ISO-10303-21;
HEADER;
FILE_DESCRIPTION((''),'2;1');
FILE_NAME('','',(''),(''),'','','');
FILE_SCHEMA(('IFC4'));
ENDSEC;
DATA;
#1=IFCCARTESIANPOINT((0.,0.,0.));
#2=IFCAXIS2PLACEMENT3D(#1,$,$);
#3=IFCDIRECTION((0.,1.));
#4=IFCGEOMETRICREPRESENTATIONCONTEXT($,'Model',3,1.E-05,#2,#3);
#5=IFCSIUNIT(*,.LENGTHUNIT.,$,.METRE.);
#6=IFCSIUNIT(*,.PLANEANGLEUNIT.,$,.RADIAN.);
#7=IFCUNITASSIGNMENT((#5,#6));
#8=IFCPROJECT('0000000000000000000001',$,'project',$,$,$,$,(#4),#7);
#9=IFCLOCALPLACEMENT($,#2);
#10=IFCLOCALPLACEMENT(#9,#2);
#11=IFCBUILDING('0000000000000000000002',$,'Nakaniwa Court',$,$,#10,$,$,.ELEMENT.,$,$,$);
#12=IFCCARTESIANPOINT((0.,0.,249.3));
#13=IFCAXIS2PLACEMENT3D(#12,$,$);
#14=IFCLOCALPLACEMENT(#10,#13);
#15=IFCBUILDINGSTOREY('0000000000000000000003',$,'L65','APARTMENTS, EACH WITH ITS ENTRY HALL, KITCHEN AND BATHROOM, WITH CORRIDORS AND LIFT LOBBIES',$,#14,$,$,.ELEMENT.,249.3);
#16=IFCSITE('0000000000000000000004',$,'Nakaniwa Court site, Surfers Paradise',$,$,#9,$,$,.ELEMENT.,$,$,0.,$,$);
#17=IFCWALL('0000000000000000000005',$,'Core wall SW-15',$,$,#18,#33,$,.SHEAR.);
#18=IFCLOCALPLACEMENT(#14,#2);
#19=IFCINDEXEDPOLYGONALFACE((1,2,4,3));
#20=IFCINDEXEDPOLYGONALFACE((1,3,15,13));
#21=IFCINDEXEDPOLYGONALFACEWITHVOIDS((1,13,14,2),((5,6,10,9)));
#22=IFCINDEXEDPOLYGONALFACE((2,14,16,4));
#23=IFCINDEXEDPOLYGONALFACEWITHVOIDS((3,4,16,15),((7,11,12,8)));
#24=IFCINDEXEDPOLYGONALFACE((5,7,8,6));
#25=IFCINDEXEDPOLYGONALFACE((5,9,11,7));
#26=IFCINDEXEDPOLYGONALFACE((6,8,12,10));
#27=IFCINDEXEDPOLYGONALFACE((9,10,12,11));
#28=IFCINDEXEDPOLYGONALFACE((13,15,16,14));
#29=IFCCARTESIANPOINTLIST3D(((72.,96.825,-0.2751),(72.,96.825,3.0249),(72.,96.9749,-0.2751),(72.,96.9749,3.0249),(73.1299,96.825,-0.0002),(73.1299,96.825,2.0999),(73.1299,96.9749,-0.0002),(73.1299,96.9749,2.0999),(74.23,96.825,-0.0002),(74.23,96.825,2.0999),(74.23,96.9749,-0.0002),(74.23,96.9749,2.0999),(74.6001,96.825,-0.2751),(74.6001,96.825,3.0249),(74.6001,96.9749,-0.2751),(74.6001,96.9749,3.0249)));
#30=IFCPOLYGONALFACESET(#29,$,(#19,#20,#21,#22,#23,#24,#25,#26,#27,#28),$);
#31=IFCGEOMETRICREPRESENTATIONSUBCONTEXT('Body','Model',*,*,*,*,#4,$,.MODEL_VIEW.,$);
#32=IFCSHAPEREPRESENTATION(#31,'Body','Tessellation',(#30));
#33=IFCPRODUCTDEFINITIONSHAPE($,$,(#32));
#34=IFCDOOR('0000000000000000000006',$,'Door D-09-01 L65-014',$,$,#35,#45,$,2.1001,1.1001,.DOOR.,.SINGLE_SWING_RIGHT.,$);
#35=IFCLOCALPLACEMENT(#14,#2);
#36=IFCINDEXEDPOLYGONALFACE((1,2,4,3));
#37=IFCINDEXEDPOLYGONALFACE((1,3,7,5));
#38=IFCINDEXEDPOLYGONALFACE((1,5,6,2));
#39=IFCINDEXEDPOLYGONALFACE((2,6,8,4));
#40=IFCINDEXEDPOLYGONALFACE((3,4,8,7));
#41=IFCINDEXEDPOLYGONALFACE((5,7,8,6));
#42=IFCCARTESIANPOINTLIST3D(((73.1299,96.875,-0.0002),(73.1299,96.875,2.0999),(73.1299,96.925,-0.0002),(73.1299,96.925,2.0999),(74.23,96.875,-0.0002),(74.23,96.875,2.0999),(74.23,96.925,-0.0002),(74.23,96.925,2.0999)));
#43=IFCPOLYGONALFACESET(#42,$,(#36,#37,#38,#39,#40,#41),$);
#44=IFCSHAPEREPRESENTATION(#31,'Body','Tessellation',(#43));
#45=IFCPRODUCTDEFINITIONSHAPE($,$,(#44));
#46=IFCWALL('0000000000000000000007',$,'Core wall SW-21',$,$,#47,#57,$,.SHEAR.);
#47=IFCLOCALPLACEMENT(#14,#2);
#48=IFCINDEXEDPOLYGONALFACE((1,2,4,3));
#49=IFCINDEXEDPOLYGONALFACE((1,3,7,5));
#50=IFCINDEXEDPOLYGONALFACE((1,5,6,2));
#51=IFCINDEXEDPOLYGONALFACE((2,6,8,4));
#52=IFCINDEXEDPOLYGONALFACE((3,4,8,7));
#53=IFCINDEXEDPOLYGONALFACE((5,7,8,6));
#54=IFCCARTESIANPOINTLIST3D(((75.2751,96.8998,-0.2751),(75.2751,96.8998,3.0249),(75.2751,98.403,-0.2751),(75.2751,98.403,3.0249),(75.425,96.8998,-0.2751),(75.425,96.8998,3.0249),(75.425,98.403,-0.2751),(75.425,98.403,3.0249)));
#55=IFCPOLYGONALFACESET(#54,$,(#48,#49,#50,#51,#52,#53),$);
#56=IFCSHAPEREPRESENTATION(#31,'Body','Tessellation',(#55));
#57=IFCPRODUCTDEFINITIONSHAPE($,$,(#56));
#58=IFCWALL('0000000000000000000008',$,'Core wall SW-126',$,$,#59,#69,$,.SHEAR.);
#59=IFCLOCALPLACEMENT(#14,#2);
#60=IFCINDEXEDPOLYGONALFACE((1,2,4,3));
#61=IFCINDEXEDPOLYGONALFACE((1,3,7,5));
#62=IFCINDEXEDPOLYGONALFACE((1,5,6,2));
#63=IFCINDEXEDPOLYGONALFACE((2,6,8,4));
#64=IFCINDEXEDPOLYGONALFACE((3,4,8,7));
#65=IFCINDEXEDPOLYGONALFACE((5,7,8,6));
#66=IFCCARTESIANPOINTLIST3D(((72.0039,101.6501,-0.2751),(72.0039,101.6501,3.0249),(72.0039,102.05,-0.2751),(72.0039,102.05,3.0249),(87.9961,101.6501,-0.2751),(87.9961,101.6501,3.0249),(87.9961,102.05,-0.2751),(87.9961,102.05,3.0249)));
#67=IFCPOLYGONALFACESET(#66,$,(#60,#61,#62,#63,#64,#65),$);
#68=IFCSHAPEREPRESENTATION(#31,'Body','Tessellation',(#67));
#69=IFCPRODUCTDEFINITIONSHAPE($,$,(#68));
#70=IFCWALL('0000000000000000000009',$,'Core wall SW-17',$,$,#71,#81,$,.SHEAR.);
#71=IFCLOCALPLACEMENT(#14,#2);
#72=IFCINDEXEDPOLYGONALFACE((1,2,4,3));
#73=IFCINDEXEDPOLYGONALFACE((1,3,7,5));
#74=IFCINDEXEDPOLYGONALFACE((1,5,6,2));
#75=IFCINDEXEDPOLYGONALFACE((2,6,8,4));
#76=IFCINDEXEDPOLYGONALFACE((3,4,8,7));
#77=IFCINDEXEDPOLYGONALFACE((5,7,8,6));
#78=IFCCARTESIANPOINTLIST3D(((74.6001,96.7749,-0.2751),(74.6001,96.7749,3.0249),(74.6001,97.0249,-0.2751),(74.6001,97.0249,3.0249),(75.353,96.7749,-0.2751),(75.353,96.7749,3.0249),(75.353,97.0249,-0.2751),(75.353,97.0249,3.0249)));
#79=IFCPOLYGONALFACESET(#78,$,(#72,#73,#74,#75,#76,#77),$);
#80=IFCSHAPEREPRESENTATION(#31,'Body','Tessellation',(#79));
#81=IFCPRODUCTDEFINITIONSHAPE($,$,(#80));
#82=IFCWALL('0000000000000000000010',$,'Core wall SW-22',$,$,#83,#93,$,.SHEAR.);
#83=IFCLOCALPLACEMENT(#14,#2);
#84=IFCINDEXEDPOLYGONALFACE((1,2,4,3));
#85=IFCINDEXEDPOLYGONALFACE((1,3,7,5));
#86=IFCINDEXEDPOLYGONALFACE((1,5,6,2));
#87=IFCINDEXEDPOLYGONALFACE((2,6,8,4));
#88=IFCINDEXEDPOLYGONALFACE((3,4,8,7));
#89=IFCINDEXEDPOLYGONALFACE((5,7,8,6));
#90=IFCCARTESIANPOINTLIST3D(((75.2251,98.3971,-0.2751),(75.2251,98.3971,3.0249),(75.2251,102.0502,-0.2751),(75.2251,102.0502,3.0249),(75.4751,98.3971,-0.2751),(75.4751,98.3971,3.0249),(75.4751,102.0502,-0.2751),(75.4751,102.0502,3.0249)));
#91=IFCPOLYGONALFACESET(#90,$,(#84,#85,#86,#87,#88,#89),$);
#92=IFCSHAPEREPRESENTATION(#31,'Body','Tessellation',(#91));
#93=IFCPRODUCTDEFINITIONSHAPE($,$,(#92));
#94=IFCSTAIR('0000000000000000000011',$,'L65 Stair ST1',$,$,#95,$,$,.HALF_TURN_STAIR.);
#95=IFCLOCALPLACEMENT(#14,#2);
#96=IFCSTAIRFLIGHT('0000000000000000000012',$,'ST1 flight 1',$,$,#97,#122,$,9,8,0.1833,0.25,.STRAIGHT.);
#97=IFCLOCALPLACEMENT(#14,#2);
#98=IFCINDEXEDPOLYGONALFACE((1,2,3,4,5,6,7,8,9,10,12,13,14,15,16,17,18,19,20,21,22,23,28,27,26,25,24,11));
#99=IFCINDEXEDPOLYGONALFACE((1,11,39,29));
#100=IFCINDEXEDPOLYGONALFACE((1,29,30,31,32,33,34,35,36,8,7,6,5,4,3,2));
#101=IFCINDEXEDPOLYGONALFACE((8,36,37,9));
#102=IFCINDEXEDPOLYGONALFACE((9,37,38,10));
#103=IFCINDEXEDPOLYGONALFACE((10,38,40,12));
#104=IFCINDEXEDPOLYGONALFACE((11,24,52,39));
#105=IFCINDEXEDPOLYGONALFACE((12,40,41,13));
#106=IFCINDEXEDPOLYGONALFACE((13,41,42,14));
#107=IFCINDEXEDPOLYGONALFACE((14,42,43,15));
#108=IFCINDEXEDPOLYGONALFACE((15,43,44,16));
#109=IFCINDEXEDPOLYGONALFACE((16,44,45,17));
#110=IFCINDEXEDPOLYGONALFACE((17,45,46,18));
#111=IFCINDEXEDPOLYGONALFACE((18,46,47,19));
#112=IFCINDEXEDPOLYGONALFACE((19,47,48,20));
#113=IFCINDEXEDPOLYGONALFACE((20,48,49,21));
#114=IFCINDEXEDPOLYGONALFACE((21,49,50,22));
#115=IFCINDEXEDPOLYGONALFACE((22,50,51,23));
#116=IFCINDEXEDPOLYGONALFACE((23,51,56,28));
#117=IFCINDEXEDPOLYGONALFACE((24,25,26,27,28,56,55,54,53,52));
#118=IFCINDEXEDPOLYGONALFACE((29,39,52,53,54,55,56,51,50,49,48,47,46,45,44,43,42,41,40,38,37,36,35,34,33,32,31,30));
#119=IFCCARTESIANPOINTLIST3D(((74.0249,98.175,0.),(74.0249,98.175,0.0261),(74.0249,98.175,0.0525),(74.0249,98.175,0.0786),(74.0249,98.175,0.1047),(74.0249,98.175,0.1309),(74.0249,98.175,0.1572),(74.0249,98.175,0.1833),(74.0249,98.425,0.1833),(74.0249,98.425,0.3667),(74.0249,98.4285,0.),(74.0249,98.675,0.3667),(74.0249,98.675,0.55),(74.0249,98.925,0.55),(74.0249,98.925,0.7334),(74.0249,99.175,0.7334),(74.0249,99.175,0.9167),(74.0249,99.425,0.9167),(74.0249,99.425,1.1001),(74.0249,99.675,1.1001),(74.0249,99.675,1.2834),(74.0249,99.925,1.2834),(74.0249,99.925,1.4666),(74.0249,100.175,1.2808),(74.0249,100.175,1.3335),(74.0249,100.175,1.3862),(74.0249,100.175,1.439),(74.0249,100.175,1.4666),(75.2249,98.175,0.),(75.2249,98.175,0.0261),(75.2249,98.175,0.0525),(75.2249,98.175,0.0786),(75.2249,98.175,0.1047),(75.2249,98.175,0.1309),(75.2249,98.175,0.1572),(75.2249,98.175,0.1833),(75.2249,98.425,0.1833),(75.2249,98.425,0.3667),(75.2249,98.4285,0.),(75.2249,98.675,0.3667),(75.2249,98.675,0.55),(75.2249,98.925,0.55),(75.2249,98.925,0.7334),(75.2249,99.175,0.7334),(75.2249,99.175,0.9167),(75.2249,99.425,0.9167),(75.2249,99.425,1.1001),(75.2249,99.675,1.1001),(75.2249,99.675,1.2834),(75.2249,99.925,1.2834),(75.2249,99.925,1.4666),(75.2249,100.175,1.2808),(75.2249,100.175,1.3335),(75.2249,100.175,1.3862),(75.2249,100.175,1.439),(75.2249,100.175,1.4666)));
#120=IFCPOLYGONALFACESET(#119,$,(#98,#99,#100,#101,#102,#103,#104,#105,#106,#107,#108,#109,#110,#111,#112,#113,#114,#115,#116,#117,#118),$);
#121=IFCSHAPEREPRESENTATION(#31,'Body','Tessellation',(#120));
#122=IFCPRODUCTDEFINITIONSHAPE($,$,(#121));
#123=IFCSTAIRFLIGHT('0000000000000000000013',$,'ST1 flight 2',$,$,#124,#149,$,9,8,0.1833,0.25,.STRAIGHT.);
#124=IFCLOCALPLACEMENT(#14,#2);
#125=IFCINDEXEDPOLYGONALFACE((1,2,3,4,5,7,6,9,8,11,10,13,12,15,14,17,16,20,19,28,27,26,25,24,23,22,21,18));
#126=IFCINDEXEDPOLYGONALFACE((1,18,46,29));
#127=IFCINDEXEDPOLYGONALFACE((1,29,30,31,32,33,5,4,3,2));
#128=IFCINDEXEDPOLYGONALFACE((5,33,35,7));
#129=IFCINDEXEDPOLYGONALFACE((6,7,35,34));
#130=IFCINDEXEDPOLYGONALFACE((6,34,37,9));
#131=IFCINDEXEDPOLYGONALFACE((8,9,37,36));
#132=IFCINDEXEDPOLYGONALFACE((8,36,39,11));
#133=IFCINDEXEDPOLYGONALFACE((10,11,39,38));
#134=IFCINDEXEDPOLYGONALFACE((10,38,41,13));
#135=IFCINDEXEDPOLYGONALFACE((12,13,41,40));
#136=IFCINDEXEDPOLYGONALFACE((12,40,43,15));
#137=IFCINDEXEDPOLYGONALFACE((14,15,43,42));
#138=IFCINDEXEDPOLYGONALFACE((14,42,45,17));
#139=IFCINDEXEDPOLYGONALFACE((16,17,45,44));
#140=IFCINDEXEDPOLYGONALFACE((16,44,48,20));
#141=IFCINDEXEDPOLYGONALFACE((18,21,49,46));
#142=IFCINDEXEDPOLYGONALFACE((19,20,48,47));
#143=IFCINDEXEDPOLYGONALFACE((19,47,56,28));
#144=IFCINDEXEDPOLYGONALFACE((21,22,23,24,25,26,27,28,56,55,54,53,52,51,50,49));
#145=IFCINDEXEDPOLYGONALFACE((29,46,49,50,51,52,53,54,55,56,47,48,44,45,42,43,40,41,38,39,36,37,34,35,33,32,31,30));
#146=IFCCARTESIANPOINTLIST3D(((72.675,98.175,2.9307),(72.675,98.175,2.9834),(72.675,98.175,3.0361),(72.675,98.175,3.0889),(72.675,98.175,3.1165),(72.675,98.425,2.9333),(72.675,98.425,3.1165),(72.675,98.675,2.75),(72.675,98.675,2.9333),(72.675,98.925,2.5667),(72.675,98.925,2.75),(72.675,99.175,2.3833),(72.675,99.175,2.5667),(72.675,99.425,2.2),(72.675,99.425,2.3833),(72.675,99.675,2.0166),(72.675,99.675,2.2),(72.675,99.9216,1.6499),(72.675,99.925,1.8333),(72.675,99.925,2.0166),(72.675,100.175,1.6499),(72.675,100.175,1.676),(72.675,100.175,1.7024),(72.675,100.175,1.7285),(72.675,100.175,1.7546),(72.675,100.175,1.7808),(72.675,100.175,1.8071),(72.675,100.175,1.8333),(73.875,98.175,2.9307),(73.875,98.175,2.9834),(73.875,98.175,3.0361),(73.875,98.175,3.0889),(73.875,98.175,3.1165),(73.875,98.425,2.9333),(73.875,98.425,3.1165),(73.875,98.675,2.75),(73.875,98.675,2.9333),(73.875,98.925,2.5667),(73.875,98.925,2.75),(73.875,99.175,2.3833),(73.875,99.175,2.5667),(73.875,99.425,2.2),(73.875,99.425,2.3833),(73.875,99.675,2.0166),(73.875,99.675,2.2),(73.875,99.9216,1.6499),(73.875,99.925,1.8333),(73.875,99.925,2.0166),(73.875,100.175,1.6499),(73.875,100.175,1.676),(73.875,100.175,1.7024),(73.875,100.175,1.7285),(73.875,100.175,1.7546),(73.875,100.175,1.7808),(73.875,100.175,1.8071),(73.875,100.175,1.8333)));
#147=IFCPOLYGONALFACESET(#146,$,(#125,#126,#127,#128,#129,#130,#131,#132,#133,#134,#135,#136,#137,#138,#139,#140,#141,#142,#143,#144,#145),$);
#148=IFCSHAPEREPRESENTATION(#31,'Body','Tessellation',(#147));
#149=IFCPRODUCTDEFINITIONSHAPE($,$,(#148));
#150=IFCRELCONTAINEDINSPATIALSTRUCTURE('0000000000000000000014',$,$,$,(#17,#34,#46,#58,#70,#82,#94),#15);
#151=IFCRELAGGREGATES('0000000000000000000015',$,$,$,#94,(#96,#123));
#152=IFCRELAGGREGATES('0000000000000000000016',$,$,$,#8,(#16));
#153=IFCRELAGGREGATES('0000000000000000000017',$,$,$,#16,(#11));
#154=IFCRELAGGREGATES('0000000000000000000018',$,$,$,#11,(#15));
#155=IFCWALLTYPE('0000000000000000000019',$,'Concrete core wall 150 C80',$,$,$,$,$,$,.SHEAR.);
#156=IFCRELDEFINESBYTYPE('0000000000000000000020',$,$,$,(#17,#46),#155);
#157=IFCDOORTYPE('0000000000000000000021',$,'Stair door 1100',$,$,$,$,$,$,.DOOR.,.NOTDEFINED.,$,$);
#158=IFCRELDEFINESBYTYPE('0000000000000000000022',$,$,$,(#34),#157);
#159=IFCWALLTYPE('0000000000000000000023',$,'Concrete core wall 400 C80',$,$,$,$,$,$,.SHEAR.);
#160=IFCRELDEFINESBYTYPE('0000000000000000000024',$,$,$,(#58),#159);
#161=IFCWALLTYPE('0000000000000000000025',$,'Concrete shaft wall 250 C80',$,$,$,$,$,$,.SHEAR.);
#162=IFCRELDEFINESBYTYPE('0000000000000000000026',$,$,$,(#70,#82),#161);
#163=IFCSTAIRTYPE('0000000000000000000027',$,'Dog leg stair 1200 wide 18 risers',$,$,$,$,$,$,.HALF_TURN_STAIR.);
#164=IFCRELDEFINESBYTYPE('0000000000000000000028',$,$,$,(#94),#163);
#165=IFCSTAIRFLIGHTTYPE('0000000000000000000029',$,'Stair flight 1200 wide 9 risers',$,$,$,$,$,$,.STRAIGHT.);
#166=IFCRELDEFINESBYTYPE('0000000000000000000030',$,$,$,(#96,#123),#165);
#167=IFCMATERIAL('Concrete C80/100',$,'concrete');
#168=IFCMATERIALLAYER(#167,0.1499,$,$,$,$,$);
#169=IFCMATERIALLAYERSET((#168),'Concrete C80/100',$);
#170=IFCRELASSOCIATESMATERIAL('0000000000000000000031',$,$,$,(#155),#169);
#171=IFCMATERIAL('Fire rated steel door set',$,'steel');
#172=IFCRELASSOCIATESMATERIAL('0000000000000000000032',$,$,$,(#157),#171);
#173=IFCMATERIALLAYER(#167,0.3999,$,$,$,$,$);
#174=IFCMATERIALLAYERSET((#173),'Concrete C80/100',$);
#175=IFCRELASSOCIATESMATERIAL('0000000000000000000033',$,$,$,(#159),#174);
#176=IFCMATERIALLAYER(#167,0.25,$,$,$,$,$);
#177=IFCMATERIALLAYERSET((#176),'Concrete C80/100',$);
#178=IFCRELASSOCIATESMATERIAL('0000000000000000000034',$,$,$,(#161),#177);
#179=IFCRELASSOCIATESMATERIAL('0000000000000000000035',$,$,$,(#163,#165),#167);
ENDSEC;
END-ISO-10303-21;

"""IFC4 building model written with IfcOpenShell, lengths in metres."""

from ifc_helpers import new_model, si_unit, direction, frame, frame_2d, origin, place, context, subcontext, project, spatial, polyline, rectangle, outline, extrude, material, layer, layer_set, type_object, element, fill, aggregate, save


model = new_model("IFC4")

# Units and contexts
model_context = context("Model", 3, precision=1e-05, world=origin(), true_north=direction((0.0, 1.0)))
body_context = subcontext(model_context, "Body", "Model", "MODEL_VIEW")
ifc_project = project(units=[si_unit("LENGTHUNIT", "METRE"), si_unit("PLANEANGLEUNIT", "RADIAN")], contexts=[model_context])

# Site, building, storey
site_placement = place(None, origin())
site = spatial("IfcSite", under=ifc_project, at=site_placement, Name="Nakaniwa Court site, Surfers Paradise", CompositionType="ELEMENT", RefElevation=0.0)
building_placement = place(site_placement, origin())
building = spatial("IfcBuilding", under=site, at=building_placement, Name="Nakaniwa Court", CompositionType="ELEMENT")
storey_placement = place(building_placement, frame((0.0, 0.0, 249.3)))
storey = spatial("IfcBuildingStorey", under=building, at=storey_placement, Name="L65", Description="APARTMENTS, EACH WITH ITS ENTRY HALL, KITCHEN AND BATHROOM, WITH CORRIDORS AND LIFT LOBBIES", CompositionType="ELEMENT", Elevation=249.3)

# Shared definitions
ifc_material_1 = material(Name="Concrete C80/100", Category="concrete")

# Shared definitions
ifc_material_2 = material(Name="Fire rated steel door set", Category="steel")

# Wall, opening, door
ifc_layer_1 = layer(ifc_material_1, 0.1499)
ifc_layer_set_1 = layer_set([ifc_layer_1], Name="Concrete C80/100")
wall_type_1 = type_object("IfcWallType", Name="Concrete core wall 150 C80", PredefinedType="SHEAR", material=ifc_layer_set_1)
wall_1_placement = place(storey_placement, frame((74.6001, 96.8999, -0.2751), z_axis=(0.0, 0.0, 1.0), x_axis=(-1.0, 0.0, 0.0)))
wall_1 = element("IfcWall", 1, at=wall_1_placement, inside=storey, type_object=wall_type_1, Name="Core wall SW-15", PredefinedType="SHEAR", context=body_context, shape_type="SweptSolid", body=[
    extrude(rectangle(XDim=2.6001, YDim=0.1499, at=frame_2d((1.3, 0.0))), origin(), (0.0, 0.0, 1.0), 3.3),
])
opening_1_placement = place(wall_1_placement, frame((0.3701, 0.0, 0.2749)))
opening_1 = element("IfcOpeningElement", 2, at=opening_1_placement, cuts=wall_1, PredefinedType="OPENING", context=body_context, shape_type="SweptSolid", body=[
    extrude(rectangle(XDim=1.1001, YDim=2.1001, at=frame_2d((0.55, 1.05))), frame((0.0, 0.085, 0.0), z_axis=(0.0, -1.0, 0.0), x_axis=(1.0, 0.0, 0.0)), (0.0, 0.0, 1.0), 0.1699),
])
door_type_1 = type_object("IfcDoorType", Name="Stair door 1100", OperationType="NOTDEFINED", PredefinedType="DOOR", material=ifc_material_2)
door_1_placement = place(opening_1_placement, origin())
door_1 = element("IfcDoor", 3, at=door_1_placement, inside=storey, type_object=door_type_1, Name="Door D-09-01 L65-014", OperationType="SINGLE_SWING_RIGHT", OverallHeight=2.1001, OverallWidth=1.1001, PredefinedType="DOOR", context=body_context, shape_type="SweptSolid", body=[
    extrude(rectangle(XDim=1.1001, YDim=2.1001, at=frame_2d((0.55, 1.05))), frame((0.0, 0.0249, 0.0), z_axis=(0.0, -1.0, 0.0), x_axis=(1.0, 0.0, 0.0)), (0.0, 0.0, 1.0), 0.05),
])
fill(opening_1, door_1)

# Walls
wall_2_placement = place(storey_placement, frame((75.3501, 96.8999, -0.2751), z_axis=(0.0, 0.0, 1.0), x_axis=(0.0, 1.0, 0.0)))
element("IfcWall", 4, at=wall_2_placement, inside=storey, type_object=wall_type_1, Name="Core wall SW-21", PredefinedType="SHEAR", context=body_context, shape_type="SweptSolid", body=[
    extrude(rectangle(XDim=1.5032, YDim=0.1499, at=frame_2d((0.7515, 0.0))), origin(), (0.0, 0.0, 1.0), 3.3),
])
ifc_layer_2 = layer(ifc_material_1, 0.3999)
ifc_layer_set_2 = layer_set([ifc_layer_2], Name="Concrete C80/100")
wall_type_2 = type_object("IfcWallType", Name="Concrete core wall 400 C80", PredefinedType="SHEAR", material=ifc_layer_set_2)
wall_3_placement = place(storey_placement, frame((72.0039, 101.8501, -0.2751), z_axis=(0.0, 0.0, 1.0), x_axis=(1.0, 0.0, 0.0)))
element("IfcWall", 5, at=wall_3_placement, inside=storey, type_object=wall_type_2, Name="Core wall SW-126", PredefinedType="SHEAR", context=body_context, shape_type="SweptSolid", body=[
    extrude(rectangle(XDim=15.9922, YDim=0.3999, at=frame_2d((7.9961, 0.0))), origin(), (0.0, 0.0, 1.0), 3.3),
])
ifc_layer_3 = layer(ifc_material_1, 0.25)
ifc_layer_set_3 = layer_set([ifc_layer_3], Name="Concrete C80/100")
wall_type_3 = type_object("IfcWallType", Name="Concrete shaft wall 250 C80", PredefinedType="SHEAR", material=ifc_layer_set_3)
wall_4_placement = place(storey_placement, frame((74.6001, 96.8999, -0.2751), z_axis=(0.0, 0.0, 1.0), x_axis=(1.0, 0.0, 0.0)))
element("IfcWall", 6, at=wall_4_placement, inside=storey, type_object=wall_type_3, Name="Core wall SW-17", PredefinedType="SHEAR", context=body_context, shape_type="SweptSolid", body=[
    extrude(rectangle(XDim=0.7529, YDim=0.25, at=frame_2d((0.3765, 0.0))), origin(), (0.0, 0.0, 1.0), 3.3),
])
wall_5_placement = place(storey_placement, frame((75.3501, 98.397, -0.2751), z_axis=(0.0, 0.0, 1.0), x_axis=(0.0, 1.0, 0.0)))
element("IfcWall", 7, at=wall_5_placement, inside=storey, type_object=wall_type_3, Name="Core wall SW-22", PredefinedType="SHEAR", context=body_context, shape_type="SweptSolid", body=[
    extrude(rectangle(XDim=3.6531, YDim=0.25, at=frame_2d((1.8267, 0.0))), origin(), (0.0, 0.0, 1.0), 3.3),
])

# Stair, stair flights
stair_type = type_object("IfcStairType", Name="Dog leg stair 1200 wide 18 risers", PredefinedType="HALF_TURN_STAIR", material=ifc_material_1)
stair_placement = place(storey_placement, origin())
stair = element("IfcStair", 8, at=stair_placement, inside=storey, type_object=stair_type, Name="L65 Stair ST1", PredefinedType="HALF_TURN_STAIR")
stair_flight_type = type_object("IfcStairFlightType", Name="Stair flight 1200 wide 9 risers", PredefinedType="STRAIGHT", material=ifc_material_1)
stair_flight_1_placement = place(storey_placement, frame((74.625, 98.175, 0.0), z_axis=(0.0, 0.0, 1.0), x_axis=(0.0, 1.0, 0.0)))
stair_flight_1 = element("IfcStairFlight", 9, at=stair_flight_1_placement, type_object=stair_flight_type, Name="ST1 flight 1", NumberOfRisers=9, NumberOfTreads=8, PredefinedType="STRAIGHT", RiserHeight=0.1833, TreadLength=0.25, context=body_context, shape_type="SweptSolid", body=[
    extrude(outline(polyline([(0.0, 0.0), (0.0, 0.0261), (0.0, 0.0525), (0.0, 0.0786), (0.0, 0.1047), (0.0, 0.1309), (0.0, 0.1572), (0.0, 0.1833), (0.25, 0.1833), (0.25, 0.3667), (0.5, 0.3667), (0.5, 0.55), (0.75, 0.55), (0.75, 0.7334), (1.0, 0.7334), (1.0, 0.9167), (1.25, 0.9167), (1.25, 1.1001), (1.5, 1.1001), (1.5, 1.2834), (1.75, 1.2834), (1.75, 1.4666), (2.0, 1.4666), (2.0, 1.6499), (2.0, 1.5972), (2.0, 1.5444), (2.0, 1.4917), (2.0, 1.439), (2.0, 1.3862), (2.0, 1.3335), (2.0, 1.2808), (0.2534, 0.0), (0.0, 0.0)])), frame((0.0, 0.6001, 0.0), z_axis=(0.0, -1.0, 0.0), x_axis=(1.0, 0.0, 0.0)), (0.0, 0.0, 1.0), 1.2),
])
stair_flight_2_placement = place(storey_placement, frame((73.2749, 100.175, 1.6499), z_axis=(0.0, 0.0, 1.0), x_axis=(0.0, -1.0, 0.0)))
stair_flight_2 = element("IfcStairFlight", 10, at=stair_flight_2_placement, type_object=stair_flight_type, Name="ST1 flight 2", NumberOfRisers=9, NumberOfTreads=8, PredefinedType="STRAIGHT", RiserHeight=0.1833, TreadLength=0.25, context=body_context, shape_type="SweptSolid", body=[
    extrude(outline(polyline([(0.0, 0.0), (0.0, 0.0261), (0.0, 0.0525), (0.0, 0.0786), (0.0, 0.1047), (0.0, 0.1309), (0.0, 0.1572), (0.0, 0.1833), (0.25, 0.1833), (0.25, 0.3667), (0.5, 0.3667), (0.5, 0.55), (0.75, 0.55), (0.75, 0.7334), (1.0, 0.7334), (1.0, 0.9167), (1.25, 0.9167), (1.25, 1.1001), (1.5, 1.1001), (1.5, 1.2834), (1.75, 1.2834), (1.75, 1.4666), (2.0, 1.4666), (2.0, 1.6499), (2.0, 1.5972), (2.0, 1.5444), (2.0, 1.4917), (2.0, 1.439), (2.0, 1.3862), (2.0, 1.3335), (2.0, 1.2808), (0.2534, 0.0), (0.0, 0.0)])), frame((0.0, 0.6001, 0.0), z_axis=(0.0, -1.0, 0.0), x_axis=(1.0, 0.0, 0.0)), (0.0, 0.0, 1.0), 1.2),
])
aggregate(stair, [stair_flight_1, stair_flight_2])

save(model, "model.ifc")
